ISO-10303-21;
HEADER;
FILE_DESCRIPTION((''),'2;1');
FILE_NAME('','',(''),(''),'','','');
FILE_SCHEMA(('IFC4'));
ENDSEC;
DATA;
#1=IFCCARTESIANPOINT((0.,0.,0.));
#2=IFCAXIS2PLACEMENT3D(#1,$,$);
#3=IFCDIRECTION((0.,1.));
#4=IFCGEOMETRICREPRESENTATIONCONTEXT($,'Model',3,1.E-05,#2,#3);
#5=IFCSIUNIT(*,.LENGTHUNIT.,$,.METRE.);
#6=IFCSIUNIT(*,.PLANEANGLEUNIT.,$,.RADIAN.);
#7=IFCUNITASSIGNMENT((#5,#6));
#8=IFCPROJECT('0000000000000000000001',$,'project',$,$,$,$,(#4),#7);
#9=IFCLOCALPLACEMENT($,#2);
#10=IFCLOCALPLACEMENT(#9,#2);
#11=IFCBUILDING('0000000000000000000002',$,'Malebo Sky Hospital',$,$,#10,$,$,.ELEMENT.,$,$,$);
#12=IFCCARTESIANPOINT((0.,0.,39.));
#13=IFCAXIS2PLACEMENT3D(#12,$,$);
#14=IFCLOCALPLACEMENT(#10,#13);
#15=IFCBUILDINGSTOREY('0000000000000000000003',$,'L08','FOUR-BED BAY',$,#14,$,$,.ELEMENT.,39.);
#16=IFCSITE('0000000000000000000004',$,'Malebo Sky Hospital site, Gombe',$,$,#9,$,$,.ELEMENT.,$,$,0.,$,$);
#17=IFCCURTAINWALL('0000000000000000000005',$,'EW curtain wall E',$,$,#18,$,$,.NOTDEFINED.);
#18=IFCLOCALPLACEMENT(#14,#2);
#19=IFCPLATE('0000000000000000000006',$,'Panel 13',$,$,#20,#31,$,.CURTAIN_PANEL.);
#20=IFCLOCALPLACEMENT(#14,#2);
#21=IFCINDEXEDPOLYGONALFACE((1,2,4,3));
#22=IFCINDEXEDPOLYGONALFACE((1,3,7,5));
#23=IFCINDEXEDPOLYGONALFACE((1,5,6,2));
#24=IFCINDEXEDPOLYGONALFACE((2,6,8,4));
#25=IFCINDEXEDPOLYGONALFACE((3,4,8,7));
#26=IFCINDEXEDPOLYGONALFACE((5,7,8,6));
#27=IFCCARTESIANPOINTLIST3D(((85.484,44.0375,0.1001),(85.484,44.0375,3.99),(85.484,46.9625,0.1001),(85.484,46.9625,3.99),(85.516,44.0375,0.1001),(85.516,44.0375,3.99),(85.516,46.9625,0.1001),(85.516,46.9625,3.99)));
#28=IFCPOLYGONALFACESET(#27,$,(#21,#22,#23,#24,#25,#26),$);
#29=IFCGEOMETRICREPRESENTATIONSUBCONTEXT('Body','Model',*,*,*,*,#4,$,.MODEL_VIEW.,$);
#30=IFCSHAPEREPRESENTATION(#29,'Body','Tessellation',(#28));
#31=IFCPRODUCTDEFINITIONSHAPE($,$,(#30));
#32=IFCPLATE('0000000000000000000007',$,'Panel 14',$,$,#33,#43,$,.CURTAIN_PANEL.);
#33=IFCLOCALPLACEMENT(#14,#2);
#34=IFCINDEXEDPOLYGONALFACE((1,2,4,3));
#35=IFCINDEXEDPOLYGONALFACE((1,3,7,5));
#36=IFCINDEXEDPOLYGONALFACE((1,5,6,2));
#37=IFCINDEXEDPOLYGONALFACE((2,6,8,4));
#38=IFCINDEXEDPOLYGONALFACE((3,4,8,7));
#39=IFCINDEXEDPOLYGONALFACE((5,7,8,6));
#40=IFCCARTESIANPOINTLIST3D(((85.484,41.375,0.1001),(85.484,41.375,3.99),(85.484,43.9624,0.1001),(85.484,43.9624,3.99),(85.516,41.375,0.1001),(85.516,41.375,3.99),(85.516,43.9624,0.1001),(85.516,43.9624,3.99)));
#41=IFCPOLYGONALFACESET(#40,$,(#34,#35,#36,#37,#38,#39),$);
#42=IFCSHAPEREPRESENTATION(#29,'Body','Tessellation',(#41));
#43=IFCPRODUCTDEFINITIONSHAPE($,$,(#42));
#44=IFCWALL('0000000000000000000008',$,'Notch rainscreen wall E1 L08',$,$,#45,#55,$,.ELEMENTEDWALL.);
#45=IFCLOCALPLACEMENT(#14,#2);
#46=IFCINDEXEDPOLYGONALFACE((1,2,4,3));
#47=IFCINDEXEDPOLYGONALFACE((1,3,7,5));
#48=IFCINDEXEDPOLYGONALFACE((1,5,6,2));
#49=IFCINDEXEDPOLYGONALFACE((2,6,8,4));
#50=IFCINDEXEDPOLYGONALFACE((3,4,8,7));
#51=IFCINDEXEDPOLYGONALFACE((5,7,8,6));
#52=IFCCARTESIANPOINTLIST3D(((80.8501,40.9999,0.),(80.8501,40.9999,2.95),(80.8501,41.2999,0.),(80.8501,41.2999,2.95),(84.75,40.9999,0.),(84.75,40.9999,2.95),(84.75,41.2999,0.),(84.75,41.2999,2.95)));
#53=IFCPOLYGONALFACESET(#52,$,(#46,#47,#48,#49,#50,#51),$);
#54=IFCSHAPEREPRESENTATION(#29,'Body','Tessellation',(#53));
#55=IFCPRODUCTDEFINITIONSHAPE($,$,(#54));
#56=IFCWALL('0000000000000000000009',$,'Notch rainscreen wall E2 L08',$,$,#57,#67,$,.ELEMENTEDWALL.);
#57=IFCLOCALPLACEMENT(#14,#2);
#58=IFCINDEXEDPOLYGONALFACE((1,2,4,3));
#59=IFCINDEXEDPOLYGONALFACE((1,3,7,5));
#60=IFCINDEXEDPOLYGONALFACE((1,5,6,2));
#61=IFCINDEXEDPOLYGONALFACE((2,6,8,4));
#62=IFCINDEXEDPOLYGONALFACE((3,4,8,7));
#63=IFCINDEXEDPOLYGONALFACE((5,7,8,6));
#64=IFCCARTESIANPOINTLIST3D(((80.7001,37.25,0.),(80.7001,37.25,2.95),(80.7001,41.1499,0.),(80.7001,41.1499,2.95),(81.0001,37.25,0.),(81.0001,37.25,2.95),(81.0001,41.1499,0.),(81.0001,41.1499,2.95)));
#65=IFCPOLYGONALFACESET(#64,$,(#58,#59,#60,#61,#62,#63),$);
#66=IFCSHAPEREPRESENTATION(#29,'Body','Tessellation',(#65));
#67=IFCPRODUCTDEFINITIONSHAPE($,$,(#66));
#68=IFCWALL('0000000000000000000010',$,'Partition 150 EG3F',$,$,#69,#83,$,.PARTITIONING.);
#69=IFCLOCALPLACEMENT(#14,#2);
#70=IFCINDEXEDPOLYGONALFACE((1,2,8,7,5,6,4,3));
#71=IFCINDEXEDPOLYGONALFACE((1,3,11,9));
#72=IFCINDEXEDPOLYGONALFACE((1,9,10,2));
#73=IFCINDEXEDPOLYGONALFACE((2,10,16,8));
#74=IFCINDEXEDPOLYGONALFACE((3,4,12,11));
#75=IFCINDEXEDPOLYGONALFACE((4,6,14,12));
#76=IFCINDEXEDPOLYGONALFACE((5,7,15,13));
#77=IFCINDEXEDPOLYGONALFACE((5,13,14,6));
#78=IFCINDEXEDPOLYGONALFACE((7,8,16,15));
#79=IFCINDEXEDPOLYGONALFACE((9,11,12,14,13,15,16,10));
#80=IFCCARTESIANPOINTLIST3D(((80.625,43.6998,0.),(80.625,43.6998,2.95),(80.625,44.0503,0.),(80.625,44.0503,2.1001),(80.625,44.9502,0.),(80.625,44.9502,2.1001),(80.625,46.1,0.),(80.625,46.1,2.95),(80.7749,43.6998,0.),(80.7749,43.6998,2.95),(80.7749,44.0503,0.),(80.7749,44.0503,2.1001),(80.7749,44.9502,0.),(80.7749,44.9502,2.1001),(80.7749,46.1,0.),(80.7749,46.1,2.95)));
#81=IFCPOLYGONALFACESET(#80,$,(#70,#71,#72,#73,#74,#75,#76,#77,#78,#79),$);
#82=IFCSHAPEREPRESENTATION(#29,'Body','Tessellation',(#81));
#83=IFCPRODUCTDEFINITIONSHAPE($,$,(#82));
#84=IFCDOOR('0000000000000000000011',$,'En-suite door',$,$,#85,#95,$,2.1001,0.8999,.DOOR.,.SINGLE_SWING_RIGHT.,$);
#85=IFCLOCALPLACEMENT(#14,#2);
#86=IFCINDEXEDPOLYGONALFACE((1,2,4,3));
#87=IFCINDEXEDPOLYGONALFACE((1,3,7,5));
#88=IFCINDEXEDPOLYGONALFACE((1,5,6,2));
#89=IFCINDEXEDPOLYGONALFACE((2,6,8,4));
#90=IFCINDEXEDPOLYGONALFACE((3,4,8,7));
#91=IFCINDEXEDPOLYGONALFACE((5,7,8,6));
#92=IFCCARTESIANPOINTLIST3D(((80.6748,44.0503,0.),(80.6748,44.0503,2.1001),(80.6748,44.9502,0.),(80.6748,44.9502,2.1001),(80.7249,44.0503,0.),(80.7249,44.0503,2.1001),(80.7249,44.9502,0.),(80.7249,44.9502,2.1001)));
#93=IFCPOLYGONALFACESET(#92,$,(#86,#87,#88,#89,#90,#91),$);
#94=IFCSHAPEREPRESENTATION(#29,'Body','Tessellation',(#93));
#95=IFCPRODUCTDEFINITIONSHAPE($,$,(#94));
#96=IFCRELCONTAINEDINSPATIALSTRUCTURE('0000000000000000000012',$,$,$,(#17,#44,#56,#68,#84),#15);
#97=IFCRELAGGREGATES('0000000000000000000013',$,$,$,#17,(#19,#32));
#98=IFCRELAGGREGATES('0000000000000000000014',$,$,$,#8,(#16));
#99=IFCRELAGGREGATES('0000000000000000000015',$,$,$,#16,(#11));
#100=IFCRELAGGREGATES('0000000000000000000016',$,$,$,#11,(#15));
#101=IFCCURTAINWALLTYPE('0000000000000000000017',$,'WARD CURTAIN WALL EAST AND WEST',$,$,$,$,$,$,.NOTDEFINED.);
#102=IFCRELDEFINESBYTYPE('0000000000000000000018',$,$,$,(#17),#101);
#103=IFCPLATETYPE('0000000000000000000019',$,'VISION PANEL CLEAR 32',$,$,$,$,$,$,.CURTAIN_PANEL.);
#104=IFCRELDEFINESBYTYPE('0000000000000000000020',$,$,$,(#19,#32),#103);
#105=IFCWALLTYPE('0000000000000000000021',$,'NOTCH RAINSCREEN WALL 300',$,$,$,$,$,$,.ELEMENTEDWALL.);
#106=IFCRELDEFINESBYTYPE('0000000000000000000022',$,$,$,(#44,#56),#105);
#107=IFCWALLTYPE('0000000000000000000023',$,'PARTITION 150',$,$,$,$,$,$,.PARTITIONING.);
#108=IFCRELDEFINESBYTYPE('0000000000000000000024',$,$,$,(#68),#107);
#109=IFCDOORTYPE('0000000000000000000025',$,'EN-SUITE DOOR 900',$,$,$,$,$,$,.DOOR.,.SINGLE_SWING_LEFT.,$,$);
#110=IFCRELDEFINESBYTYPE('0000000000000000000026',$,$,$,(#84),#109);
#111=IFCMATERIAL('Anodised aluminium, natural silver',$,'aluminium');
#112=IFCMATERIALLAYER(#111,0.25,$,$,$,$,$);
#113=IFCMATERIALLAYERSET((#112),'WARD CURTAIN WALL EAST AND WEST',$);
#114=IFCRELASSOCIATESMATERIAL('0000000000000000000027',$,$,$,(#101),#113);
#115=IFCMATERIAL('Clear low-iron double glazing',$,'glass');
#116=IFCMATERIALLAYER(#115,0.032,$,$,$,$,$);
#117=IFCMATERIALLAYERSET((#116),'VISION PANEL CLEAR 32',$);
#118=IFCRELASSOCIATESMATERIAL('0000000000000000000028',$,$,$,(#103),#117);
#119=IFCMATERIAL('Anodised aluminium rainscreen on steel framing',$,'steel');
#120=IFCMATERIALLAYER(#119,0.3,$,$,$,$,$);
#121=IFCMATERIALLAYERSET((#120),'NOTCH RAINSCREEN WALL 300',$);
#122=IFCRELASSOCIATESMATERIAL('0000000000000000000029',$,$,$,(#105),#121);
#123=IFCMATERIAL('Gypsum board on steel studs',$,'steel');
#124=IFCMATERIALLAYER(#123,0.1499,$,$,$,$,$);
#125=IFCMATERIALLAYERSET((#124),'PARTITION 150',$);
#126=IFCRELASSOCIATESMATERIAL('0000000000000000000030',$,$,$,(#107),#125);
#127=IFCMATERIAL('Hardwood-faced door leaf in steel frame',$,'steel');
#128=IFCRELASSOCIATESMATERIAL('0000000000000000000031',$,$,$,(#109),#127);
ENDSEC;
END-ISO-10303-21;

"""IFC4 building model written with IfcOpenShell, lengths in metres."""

from ifc_helpers import new_model, si_unit, direction, frame, frame_2d, origin, origin_2d, place, context, subcontext, project, spatial, rectangle, extrude, material, layer, layer_set, type_object, element, fill, aggregate, save


model = new_model("IFC4")

# Units and contexts
model_context = context("Model", 3, precision=1e-05, world=origin(), true_north=direction((0.0, 1.0)))
body_context = subcontext(model_context, "Body", "Model", "MODEL_VIEW")
ifc_project = project(units=[si_unit("LENGTHUNIT", "METRE"), si_unit("PLANEANGLEUNIT", "RADIAN")], contexts=[model_context])

# Site, building, storey
site_placement = place(None, origin())
site = spatial("IfcSite", under=ifc_project, at=site_placement, Name="Malebo Sky Hospital site, Gombe", CompositionType="ELEMENT", RefElevation=0.0)
building_placement = place(site_placement, origin())
building = spatial("IfcBuilding", under=site, at=building_placement, Name="Malebo Sky Hospital", CompositionType="ELEMENT")
storey_placement = place(building_placement, frame((0.0, 0.0, 39.0)))
storey = spatial("IfcBuildingStorey", under=building, at=storey_placement, Name="L08", Description="FOUR-BED BAY", CompositionType="ELEMENT", Elevation=39.0)

# Curtain wall
ifc_material_1 = material(Name="Anodised aluminium, natural silver", Category="aluminium")
ifc_layer_1 = layer(ifc_material_1, 0.25)
ifc_layer_set_1 = layer_set([ifc_layer_1], Name="WARD CURTAIN WALL EAST AND WEST")
curtain_wall_type = type_object("IfcCurtainWallType", Name="WARD CURTAIN WALL EAST AND WEST", PredefinedType="NOTDEFINED", material=ifc_layer_set_1)
curtain_wall_placement = place(storey_placement, origin())
curtain_wall = element("IfcCurtainWall", 1, at=curtain_wall_placement, inside=storey, type_object=curtain_wall_type, Name="EW curtain wall E", PredefinedType="NOTDEFINED")

# Plates
ifc_material_2 = material(Name="Clear low-iron double glazing", Category="glass")
ifc_layer_2 = layer(ifc_material_2, 0.032)
ifc_layer_set_2 = layer_set([ifc_layer_2], Name="VISION PANEL CLEAR 32")
plate_type = type_object("IfcPlateType", Name="VISION PANEL CLEAR 32", PredefinedType="CURTAIN_PANEL", material=ifc_layer_set_2)
plate_1_placement = place(storey_placement, frame((85.5, 45.5, 0.1001), z_axis=(0.0, 0.0, 1.0), x_axis=(0.0, -1.0, 0.0)))
plate_1 = element("IfcPlate", 2, at=plate_1_placement, type_object=plate_type, Name="Panel 13", PredefinedType="CURTAIN_PANEL", context=body_context, shape_type="SweptSolid", body=[
    extrude(rectangle(XDim=2.925, YDim=0.032, at=origin_2d()), origin(), (0.0, 0.0, 1.0), 3.8899),
])
plate_2_placement = place(storey_placement, frame((85.5, 42.6687, 0.1001), z_axis=(0.0, 0.0, 1.0), x_axis=(0.0, -1.0, 0.0)))
plate_2 = element("IfcPlate", 3, at=plate_2_placement, type_object=plate_type, Name="Panel 14", PredefinedType="CURTAIN_PANEL", context=body_context, shape_type="SweptSolid", body=[
    extrude(rectangle(XDim=2.5874, YDim=0.032, at=origin_2d()), origin(), (0.0, 0.0, 1.0), 3.8899),
])
aggregate(curtain_wall, [plate_1, plate_2])

# Walls
ifc_material_3 = material(Name="Anodised aluminium rainscreen on steel framing", Category="steel")
ifc_layer_3 = layer(ifc_material_3, 0.3)
ifc_layer_set_3 = layer_set([ifc_layer_3], Name="NOTCH RAINSCREEN WALL 300")
wall_type_1 = type_object("IfcWallType", Name="NOTCH RAINSCREEN WALL 300", PredefinedType="ELEMENTEDWALL", material=ifc_layer_set_3)
for number, where, z_axis, x_axis, name in (
    (4, (84.75, 41.1499, 0.0), (0.0, 0.0, 1.0), (-1.0, 0.0, 0.0), "Notch rainscreen wall E1 L08"),
    (5, (80.8501, 41.1499, 0.0), (0.0, 0.0, 1.0), (0.0, -1.0, 0.0), "Notch rainscreen wall E2 L08"),
):
    element("IfcWall", number, at=place(storey_placement, frame(where, z_axis=z_axis, x_axis=x_axis)), inside=storey, type_object=wall_type_1, Name=name, PredefinedType="ELEMENTEDWALL", context=body_context, shape_type="SweptSolid", body=[
        extrude(rectangle(XDim=3.8999, YDim=0.3, at=frame_2d((1.95, 0.0))), origin(), (0.0, 0.0, 1.0), 2.95),
    ])

# Wall, opening, door
ifc_material_4 = material(Name="Gypsum board on steel studs", Category="steel")
ifc_layer_4 = layer(ifc_material_4, 0.1499)
ifc_layer_set_4 = layer_set([ifc_layer_4], Name="PARTITION 150")
wall_type_2 = type_object("IfcWallType", Name="PARTITION 150", PredefinedType="PARTITIONING", material=ifc_layer_set_4)
wall_placement = place(storey_placement, frame((80.7, 46.1001, 0.0), z_axis=(0.0, 0.0, 1.0), x_axis=(0.0, -1.0, 0.0)))
wall = element("IfcWall", 6, at=wall_placement, inside=storey, type_object=wall_type_2, Name="Partition 150 EG3F", PredefinedType="PARTITIONING", context=body_context, shape_type="SweptSolid", body=[
    extrude(rectangle(XDim=2.4001, YDim=0.1499, at=frame_2d((1.2002, 0.0))), origin(), (0.0, 0.0, 1.0), 2.95),
])
opening_placement = place(wall_placement, frame((1.1499, 0.0, 0.0)))
opening = element("IfcOpeningElement", 7, at=opening_placement, cuts=wall, PredefinedType="OPENING", context=body_context, shape_type="SweptSolid", body=[
    extrude(rectangle(XDim=0.8999, YDim=2.1001, at=frame_2d((0.45, 1.05))), frame((0.0, 0.085, 0.0), z_axis=(0.0, -1.0, 0.0), x_axis=(1.0, 0.0, 0.0)), (0.0, 0.0, 1.0), 0.1699),
])
ifc_material_5 = material(Name="Hardwood-faced door leaf in steel frame", Category="steel")
door_type = type_object("IfcDoorType", Name="EN-SUITE DOOR 900", OperationType="SINGLE_SWING_LEFT", PredefinedType="DOOR", material=ifc_material_5)
door_placement = place(opening_placement, origin())
door = element("IfcDoor", 8, at=door_placement, inside=storey, type_object=door_type, Name="En-suite door", OperationType="SINGLE_SWING_RIGHT", OverallHeight=2.1001, OverallWidth=0.8999, PredefinedType="DOOR", context=body_context, shape_type="SweptSolid", body=[
    extrude(rectangle(XDim=0.8999, YDim=2.1001, at=frame_2d((0.45, 1.05))), frame((0.0, 0.0249, 0.0), z_axis=(0.0, -1.0, 0.0), x_axis=(1.0, 0.0, 0.0)), (0.0, 0.0, 1.0), 0.05),
])
fill(opening, door)

save(model, "model.ifc")
